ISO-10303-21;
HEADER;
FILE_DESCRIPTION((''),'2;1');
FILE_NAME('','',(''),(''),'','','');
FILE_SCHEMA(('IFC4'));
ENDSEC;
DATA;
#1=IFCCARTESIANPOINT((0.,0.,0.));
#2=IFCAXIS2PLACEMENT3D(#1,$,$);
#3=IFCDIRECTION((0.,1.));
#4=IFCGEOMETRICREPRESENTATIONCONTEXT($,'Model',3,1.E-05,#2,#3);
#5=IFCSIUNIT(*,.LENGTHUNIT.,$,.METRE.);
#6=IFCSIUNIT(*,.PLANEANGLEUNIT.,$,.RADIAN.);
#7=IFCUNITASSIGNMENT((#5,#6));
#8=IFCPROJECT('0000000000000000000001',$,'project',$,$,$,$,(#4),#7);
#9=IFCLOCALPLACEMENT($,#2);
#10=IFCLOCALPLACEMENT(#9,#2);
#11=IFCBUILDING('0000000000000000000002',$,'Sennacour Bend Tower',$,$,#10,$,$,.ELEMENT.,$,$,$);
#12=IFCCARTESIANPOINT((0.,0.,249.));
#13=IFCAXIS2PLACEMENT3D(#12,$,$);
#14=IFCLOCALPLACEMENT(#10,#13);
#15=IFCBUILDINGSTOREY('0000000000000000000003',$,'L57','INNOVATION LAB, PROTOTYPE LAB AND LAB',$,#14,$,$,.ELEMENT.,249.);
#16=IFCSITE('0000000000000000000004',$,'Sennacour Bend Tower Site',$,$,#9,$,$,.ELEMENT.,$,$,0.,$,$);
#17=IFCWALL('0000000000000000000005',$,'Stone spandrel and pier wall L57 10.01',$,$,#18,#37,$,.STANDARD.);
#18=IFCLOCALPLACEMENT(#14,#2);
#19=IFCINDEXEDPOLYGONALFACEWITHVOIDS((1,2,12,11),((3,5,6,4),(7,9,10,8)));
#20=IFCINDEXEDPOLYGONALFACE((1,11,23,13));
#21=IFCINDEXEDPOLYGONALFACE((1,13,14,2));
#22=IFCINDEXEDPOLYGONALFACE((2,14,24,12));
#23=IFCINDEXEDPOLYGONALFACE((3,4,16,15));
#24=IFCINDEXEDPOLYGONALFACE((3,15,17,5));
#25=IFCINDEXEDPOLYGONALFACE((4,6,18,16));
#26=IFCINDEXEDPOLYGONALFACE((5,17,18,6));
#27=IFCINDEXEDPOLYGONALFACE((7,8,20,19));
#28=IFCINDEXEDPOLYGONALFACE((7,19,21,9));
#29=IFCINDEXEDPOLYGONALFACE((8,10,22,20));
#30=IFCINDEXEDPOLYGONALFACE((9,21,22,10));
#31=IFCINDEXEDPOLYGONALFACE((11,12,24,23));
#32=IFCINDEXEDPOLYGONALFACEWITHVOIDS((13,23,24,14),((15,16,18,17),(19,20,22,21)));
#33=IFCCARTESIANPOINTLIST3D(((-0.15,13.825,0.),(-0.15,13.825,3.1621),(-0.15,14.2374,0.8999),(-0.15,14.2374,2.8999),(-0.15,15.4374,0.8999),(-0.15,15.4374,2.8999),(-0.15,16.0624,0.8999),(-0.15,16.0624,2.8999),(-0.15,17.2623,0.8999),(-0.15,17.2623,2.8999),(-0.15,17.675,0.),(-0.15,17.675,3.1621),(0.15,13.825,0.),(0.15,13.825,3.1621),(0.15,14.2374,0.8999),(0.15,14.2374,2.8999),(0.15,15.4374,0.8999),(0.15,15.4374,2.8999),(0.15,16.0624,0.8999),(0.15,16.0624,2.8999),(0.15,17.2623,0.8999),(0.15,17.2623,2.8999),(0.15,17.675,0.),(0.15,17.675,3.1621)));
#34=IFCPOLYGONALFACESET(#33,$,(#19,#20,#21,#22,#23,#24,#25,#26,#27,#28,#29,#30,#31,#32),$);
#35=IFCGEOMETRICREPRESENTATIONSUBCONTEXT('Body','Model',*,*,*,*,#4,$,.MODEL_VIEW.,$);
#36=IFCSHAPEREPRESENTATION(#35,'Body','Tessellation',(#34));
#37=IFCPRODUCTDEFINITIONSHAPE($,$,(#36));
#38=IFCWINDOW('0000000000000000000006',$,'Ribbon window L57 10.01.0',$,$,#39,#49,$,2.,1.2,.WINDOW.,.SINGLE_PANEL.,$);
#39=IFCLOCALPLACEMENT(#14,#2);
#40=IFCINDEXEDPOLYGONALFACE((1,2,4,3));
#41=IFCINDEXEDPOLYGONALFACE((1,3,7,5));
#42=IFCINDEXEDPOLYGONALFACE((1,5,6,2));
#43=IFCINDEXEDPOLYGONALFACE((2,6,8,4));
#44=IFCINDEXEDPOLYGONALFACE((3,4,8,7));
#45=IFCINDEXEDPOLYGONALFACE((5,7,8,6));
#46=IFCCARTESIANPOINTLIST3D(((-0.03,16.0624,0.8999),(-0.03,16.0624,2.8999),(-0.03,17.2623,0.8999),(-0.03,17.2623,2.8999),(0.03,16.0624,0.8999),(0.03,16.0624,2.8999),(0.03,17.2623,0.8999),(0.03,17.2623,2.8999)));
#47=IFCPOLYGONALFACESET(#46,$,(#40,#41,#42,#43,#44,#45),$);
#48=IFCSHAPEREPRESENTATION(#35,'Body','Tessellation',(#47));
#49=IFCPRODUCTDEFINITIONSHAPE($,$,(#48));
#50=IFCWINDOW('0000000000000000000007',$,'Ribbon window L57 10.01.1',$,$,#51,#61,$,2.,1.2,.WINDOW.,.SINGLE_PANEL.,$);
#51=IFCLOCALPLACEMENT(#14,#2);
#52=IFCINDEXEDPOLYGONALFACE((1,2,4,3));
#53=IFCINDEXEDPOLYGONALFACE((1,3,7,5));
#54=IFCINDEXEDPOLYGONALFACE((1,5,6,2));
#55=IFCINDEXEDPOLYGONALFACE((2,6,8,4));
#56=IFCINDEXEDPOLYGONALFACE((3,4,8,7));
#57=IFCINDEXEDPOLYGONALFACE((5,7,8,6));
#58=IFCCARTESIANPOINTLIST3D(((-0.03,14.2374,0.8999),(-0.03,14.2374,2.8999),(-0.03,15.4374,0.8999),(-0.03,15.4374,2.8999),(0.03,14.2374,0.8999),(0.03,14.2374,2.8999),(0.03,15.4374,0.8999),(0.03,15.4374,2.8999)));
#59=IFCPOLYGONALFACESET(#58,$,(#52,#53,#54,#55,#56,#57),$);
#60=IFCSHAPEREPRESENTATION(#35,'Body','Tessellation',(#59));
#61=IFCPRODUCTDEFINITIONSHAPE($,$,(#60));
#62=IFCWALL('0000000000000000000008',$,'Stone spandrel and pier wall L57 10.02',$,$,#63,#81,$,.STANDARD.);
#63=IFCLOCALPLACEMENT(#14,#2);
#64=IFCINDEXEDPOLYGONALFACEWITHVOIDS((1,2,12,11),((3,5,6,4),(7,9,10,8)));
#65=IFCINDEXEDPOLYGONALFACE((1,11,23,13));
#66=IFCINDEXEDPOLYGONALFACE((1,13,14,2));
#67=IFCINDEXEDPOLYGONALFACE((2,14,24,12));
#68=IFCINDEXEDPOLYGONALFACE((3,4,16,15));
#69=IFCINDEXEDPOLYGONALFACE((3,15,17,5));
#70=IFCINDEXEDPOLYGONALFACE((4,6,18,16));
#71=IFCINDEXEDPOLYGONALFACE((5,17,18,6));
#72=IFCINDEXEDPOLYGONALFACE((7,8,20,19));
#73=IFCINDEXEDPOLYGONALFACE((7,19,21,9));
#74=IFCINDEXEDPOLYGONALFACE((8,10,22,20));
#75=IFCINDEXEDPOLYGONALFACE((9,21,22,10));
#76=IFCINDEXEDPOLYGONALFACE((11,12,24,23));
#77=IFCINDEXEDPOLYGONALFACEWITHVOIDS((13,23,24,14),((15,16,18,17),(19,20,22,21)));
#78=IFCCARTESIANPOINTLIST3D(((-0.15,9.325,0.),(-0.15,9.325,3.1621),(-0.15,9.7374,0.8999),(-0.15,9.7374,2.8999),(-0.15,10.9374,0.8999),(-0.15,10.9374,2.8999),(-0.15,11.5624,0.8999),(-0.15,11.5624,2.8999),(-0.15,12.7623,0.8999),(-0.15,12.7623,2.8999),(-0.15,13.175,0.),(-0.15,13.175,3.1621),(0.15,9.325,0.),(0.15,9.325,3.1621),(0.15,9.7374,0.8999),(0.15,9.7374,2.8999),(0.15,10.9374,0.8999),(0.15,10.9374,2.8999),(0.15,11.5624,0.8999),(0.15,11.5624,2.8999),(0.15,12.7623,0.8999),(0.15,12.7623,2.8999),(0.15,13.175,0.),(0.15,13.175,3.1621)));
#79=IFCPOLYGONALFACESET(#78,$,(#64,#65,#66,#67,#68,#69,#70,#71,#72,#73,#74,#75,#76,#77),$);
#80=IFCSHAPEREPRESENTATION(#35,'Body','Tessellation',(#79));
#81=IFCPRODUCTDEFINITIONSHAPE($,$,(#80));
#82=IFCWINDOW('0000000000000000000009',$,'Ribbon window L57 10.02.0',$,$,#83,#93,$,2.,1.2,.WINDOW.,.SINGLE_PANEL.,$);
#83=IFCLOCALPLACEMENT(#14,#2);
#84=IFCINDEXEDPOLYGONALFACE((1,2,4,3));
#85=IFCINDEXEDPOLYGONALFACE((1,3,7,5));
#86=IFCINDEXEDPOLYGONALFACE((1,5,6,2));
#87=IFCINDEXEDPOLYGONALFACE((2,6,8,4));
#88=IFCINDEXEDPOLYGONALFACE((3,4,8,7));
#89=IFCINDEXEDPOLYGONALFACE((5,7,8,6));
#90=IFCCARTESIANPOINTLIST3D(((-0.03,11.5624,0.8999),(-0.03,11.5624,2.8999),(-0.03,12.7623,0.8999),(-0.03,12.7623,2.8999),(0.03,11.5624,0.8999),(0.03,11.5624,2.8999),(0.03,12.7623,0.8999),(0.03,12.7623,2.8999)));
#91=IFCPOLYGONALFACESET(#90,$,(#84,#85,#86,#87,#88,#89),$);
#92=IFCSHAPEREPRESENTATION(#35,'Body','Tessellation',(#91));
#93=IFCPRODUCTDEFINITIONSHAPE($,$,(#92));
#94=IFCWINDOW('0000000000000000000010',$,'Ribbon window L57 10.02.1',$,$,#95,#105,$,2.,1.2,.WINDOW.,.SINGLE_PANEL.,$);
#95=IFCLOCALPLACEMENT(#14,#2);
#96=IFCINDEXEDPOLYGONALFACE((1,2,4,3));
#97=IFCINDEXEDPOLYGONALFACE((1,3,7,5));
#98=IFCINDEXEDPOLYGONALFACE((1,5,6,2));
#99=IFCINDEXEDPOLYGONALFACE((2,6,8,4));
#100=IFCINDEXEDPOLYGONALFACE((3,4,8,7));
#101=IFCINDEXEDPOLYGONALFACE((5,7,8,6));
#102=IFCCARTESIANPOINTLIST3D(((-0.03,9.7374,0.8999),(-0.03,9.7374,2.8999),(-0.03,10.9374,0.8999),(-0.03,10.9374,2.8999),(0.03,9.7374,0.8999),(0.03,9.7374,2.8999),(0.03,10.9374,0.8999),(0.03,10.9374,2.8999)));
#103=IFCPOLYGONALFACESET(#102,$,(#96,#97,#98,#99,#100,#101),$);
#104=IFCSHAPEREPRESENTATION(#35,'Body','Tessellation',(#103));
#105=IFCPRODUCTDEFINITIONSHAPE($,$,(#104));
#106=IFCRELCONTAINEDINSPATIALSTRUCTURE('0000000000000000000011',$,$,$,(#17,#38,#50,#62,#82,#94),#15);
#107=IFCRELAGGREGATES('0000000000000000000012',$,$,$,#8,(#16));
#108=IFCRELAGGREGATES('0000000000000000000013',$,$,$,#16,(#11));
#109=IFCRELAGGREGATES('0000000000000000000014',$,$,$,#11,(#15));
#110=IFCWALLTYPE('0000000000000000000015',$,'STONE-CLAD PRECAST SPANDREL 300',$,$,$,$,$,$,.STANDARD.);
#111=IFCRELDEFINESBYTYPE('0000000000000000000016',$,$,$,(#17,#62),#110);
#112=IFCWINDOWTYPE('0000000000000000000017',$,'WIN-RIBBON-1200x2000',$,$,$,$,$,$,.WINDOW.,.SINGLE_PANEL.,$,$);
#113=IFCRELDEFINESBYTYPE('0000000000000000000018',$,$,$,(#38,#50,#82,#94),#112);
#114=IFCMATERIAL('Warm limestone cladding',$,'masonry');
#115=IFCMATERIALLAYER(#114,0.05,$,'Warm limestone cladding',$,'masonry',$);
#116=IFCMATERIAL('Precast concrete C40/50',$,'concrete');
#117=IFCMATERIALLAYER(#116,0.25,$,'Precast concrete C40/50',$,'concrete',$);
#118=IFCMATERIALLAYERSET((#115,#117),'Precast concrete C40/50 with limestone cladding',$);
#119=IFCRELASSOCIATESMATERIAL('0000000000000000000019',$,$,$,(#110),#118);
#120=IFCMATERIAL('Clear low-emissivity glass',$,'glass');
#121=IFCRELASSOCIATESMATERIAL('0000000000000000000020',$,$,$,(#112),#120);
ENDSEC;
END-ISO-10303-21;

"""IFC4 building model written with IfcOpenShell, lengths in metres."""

from ifc_helpers import new_model, si_unit, direction, frame, frame_2d, origin, place, context, subcontext, project, spatial, rectangle, extrude, material, layer, layer_set, type_object, element, fill, save


model = new_model("IFC4")

# Units and contexts
model_context = context("Model", 3, precision=1e-05, world=origin(), true_north=direction((0.0, 1.0)))
body_context = subcontext(model_context, "Body", "Model", "MODEL_VIEW")
ifc_project = project(units=[si_unit("LENGTHUNIT", "METRE"), si_unit("PLANEANGLEUNIT", "RADIAN")], contexts=[model_context])

# Site, building, storey
site_placement = place(None, origin())
site = spatial("IfcSite", under=ifc_project, at=site_placement, Name="Sennacour Bend Tower Site", CompositionType="ELEMENT", RefElevation=0.0)
building_placement = place(site_placement, origin())
building = spatial("IfcBuilding", under=site, at=building_placement, Name="Sennacour Bend Tower", CompositionType="ELEMENT")
storey_placement = place(building_placement, frame((0.0, 0.0, 249.0)))
storey = spatial("IfcBuildingStorey", under=building, at=storey_placement, Name="L57", Description="INNOVATION LAB, PROTOTYPE LAB AND LAB", CompositionType="ELEMENT", Elevation=249.0)

# Walls, openings, windows
ifc_material_1 = material(Name="Warm limestone cladding", Category="masonry")
ifc_layer_1 = layer(ifc_material_1, 0.05, Name="Warm limestone cladding", Category="masonry")
ifc_material_2 = material(Name="Precast concrete C40/50", Category="concrete")
ifc_layer_2 = layer(ifc_material_2, 0.25, Name="Precast concrete C40/50", Category="concrete")
ifc_layer_set_1 = layer_set([ifc_layer_1, ifc_layer_2], Name="Precast concrete C40/50 with limestone cladding")
wall_type_1 = type_object("IfcWallType", Name="STONE-CLAD PRECAST SPANDREL 300", PredefinedType="STANDARD", material=ifc_layer_set_1)
ifc_material_3 = material(Name="Clear low-emissivity glass", Category="glass")
window_type_1 = type_object("IfcWindowType", Name="WIN-RIBBON-1200x2000", PartitioningType="SINGLE_PANEL", PredefinedType="WINDOW", material=ifc_material_3)
wall_1_placement = place(storey_placement, frame((0.0, 17.675, 0.0), z_axis=(0.0, 0.0, 1.0), x_axis=(0.0, -1.0, 0.0)))
wall_1 = element("IfcWall", 1, at=wall_1_placement, inside=storey, type_object=wall_type_1, Name="Stone spandrel and pier wall L57 10.01", PredefinedType="STANDARD", context=body_context, shape_type="SweptSolid", body=[
    extrude(rectangle(XDim=3.8501, YDim=0.3, at=frame_2d((1.925, 0.0))), origin(), (0.0, 0.0, 1.0), 3.1621),
])
opening_1_placement = place(wall_1_placement, frame((0.4126, 0.0, 0.8999)))
opening_1 = element("IfcOpeningElement", 2, at=opening_1_placement, cuts=wall_1, PredefinedType="OPENING", context=body_context, shape_type="SweptSolid", body=[
    extrude(rectangle(XDim=1.2, YDim=2.0, at=frame_2d((0.6001, 1.0))), frame((0.0, 0.1602, 0.0), z_axis=(0.0, -1.0, 0.0), x_axis=(1.0, 0.0, 0.0)), (0.0, 0.0, 1.0), 0.3201),
])
opening_2_placement = place(wall_1_placement, frame((2.2375, 0.0, 0.8999)))
opening_2 = element("IfcOpeningElement", 3, at=opening_2_placement, cuts=wall_1, PredefinedType="OPENING", context=body_context, shape_type="SweptSolid", body=[
    extrude(rectangle(XDim=1.2, YDim=2.0, at=frame_2d((0.6001, 1.0))), frame((0.0, 0.1602, 0.0), z_axis=(0.0, -1.0, 0.0), x_axis=(1.0, 0.0, 0.0)), (0.0, 0.0, 1.0), 0.3201),
])
window_1_placement = place(opening_1_placement, origin())
window_1 = element("IfcWindow", 4, at=window_1_placement, inside=storey, type_object=window_type_1, Name="Ribbon window L57 10.01.0", OverallHeight=2.0, OverallWidth=1.2, PartitioningType="SINGLE_PANEL", PredefinedType="WINDOW", context=body_context, shape_type="SweptSolid", body=[
    extrude(rectangle(XDim=1.2, YDim=2.0, at=frame_2d((0.6001, 1.0))), frame((0.0, 0.03, 0.0), z_axis=(0.0, -1.0, 0.0), x_axis=(1.0, 0.0, 0.0)), (0.0, 0.0, 1.0), 0.0601),
])
fill(opening_1, window_1)
window_2_placement = place(opening_2_placement, origin())
window_2 = element("IfcWindow", 5, at=window_2_placement, inside=storey, type_object=window_type_1, Name="Ribbon window L57 10.01.1", OverallHeight=2.0, OverallWidth=1.2, PartitioningType="SINGLE_PANEL", PredefinedType="WINDOW", context=body_context, shape_type="SweptSolid", body=[
    extrude(rectangle(XDim=1.2, YDim=2.0, at=frame_2d((0.6001, 1.0))), frame((0.0, 0.03, 0.0), z_axis=(0.0, -1.0, 0.0), x_axis=(1.0, 0.0, 0.0)), (0.0, 0.0, 1.0), 0.0601),
])
fill(opening_2, window_2)
wall_2_placement = place(storey_placement, frame((0.0, 13.175, 0.0), z_axis=(0.0, 0.0, 1.0), x_axis=(0.0, -1.0, 0.0)))
wall_2 = element("IfcWall", 6, at=wall_2_placement, inside=storey, type_object=wall_type_1, Name="Stone spandrel and pier wall L57 10.02", PredefinedType="STANDARD", context=body_context, shape_type="SweptSolid", body=[
    extrude(rectangle(XDim=3.8501, YDim=0.3, at=frame_2d((1.925, 0.0))), origin(), (0.0, 0.0, 1.0), 3.1621),
])
opening_3_placement = place(wall_2_placement, frame((0.4126, 0.0, 0.8999)))
opening_3 = element("IfcOpeningElement", 7, at=opening_3_placement, cuts=wall_2, PredefinedType="OPENING", context=body_context, shape_type="SweptSolid", body=[
    extrude(rectangle(XDim=1.2, YDim=2.0, at=frame_2d((0.6001, 1.0))), frame((0.0, 0.1602, 0.0), z_axis=(0.0, -1.0, 0.0), x_axis=(1.0, 0.0, 0.0)), (0.0, 0.0, 1.0), 0.3201),
])
opening_4_placement = place(wall_2_placement, frame((2.2375, 0.0, 0.8999)))
opening_4 = element("IfcOpeningElement", 8, at=opening_4_placement, cuts=wall_2, PredefinedType="OPENING", context=body_context, shape_type="SweptSolid", body=[
    extrude(rectangle(XDim=1.2, YDim=2.0, at=frame_2d((0.6001, 1.0))), frame((0.0, 0.1602, 0.0), z_axis=(0.0, -1.0, 0.0), x_axis=(1.0, 0.0, 0.0)), (0.0, 0.0, 1.0), 0.3201),
])
window_3_placement = place(opening_3_placement, origin())
window_3 = element("IfcWindow", 9, at=window_3_placement, inside=storey, type_object=window_type_1, Name="Ribbon window L57 10.02.0", OverallHeight=2.0, OverallWidth=1.2, PartitioningType="SINGLE_PANEL", PredefinedType="WINDOW", context=body_context, shape_type="SweptSolid", body=[
    extrude(rectangle(XDim=1.2, YDim=2.0, at=frame_2d((0.6001, 1.0))), frame((0.0, 0.03, 0.0), z_axis=(0.0, -1.0, 0.0), x_axis=(1.0, 0.0, 0.0)), (0.0, 0.0, 1.0), 0.0601),
])
fill(opening_3, window_3)
window_4_placement = place(opening_4_placement, origin())
window_4 = element("IfcWindow", 10, at=window_4_placement, inside=storey, type_object=window_type_1, Name="Ribbon window L57 10.02.1", OverallHeight=2.0, OverallWidth=1.2, PartitioningType="SINGLE_PANEL", PredefinedType="WINDOW", context=body_context, shape_type="SweptSolid", body=[
    extrude(rectangle(XDim=1.2, YDim=2.0, at=frame_2d((0.6001, 1.0))), frame((0.0, 0.03, 0.0), z_axis=(0.0, -1.0, 0.0), x_axis=(1.0, 0.0, 0.0)), (0.0, 0.0, 1.0), 0.0601),
])
fill(opening_4, window_4)

save(model, "model.ifc")
